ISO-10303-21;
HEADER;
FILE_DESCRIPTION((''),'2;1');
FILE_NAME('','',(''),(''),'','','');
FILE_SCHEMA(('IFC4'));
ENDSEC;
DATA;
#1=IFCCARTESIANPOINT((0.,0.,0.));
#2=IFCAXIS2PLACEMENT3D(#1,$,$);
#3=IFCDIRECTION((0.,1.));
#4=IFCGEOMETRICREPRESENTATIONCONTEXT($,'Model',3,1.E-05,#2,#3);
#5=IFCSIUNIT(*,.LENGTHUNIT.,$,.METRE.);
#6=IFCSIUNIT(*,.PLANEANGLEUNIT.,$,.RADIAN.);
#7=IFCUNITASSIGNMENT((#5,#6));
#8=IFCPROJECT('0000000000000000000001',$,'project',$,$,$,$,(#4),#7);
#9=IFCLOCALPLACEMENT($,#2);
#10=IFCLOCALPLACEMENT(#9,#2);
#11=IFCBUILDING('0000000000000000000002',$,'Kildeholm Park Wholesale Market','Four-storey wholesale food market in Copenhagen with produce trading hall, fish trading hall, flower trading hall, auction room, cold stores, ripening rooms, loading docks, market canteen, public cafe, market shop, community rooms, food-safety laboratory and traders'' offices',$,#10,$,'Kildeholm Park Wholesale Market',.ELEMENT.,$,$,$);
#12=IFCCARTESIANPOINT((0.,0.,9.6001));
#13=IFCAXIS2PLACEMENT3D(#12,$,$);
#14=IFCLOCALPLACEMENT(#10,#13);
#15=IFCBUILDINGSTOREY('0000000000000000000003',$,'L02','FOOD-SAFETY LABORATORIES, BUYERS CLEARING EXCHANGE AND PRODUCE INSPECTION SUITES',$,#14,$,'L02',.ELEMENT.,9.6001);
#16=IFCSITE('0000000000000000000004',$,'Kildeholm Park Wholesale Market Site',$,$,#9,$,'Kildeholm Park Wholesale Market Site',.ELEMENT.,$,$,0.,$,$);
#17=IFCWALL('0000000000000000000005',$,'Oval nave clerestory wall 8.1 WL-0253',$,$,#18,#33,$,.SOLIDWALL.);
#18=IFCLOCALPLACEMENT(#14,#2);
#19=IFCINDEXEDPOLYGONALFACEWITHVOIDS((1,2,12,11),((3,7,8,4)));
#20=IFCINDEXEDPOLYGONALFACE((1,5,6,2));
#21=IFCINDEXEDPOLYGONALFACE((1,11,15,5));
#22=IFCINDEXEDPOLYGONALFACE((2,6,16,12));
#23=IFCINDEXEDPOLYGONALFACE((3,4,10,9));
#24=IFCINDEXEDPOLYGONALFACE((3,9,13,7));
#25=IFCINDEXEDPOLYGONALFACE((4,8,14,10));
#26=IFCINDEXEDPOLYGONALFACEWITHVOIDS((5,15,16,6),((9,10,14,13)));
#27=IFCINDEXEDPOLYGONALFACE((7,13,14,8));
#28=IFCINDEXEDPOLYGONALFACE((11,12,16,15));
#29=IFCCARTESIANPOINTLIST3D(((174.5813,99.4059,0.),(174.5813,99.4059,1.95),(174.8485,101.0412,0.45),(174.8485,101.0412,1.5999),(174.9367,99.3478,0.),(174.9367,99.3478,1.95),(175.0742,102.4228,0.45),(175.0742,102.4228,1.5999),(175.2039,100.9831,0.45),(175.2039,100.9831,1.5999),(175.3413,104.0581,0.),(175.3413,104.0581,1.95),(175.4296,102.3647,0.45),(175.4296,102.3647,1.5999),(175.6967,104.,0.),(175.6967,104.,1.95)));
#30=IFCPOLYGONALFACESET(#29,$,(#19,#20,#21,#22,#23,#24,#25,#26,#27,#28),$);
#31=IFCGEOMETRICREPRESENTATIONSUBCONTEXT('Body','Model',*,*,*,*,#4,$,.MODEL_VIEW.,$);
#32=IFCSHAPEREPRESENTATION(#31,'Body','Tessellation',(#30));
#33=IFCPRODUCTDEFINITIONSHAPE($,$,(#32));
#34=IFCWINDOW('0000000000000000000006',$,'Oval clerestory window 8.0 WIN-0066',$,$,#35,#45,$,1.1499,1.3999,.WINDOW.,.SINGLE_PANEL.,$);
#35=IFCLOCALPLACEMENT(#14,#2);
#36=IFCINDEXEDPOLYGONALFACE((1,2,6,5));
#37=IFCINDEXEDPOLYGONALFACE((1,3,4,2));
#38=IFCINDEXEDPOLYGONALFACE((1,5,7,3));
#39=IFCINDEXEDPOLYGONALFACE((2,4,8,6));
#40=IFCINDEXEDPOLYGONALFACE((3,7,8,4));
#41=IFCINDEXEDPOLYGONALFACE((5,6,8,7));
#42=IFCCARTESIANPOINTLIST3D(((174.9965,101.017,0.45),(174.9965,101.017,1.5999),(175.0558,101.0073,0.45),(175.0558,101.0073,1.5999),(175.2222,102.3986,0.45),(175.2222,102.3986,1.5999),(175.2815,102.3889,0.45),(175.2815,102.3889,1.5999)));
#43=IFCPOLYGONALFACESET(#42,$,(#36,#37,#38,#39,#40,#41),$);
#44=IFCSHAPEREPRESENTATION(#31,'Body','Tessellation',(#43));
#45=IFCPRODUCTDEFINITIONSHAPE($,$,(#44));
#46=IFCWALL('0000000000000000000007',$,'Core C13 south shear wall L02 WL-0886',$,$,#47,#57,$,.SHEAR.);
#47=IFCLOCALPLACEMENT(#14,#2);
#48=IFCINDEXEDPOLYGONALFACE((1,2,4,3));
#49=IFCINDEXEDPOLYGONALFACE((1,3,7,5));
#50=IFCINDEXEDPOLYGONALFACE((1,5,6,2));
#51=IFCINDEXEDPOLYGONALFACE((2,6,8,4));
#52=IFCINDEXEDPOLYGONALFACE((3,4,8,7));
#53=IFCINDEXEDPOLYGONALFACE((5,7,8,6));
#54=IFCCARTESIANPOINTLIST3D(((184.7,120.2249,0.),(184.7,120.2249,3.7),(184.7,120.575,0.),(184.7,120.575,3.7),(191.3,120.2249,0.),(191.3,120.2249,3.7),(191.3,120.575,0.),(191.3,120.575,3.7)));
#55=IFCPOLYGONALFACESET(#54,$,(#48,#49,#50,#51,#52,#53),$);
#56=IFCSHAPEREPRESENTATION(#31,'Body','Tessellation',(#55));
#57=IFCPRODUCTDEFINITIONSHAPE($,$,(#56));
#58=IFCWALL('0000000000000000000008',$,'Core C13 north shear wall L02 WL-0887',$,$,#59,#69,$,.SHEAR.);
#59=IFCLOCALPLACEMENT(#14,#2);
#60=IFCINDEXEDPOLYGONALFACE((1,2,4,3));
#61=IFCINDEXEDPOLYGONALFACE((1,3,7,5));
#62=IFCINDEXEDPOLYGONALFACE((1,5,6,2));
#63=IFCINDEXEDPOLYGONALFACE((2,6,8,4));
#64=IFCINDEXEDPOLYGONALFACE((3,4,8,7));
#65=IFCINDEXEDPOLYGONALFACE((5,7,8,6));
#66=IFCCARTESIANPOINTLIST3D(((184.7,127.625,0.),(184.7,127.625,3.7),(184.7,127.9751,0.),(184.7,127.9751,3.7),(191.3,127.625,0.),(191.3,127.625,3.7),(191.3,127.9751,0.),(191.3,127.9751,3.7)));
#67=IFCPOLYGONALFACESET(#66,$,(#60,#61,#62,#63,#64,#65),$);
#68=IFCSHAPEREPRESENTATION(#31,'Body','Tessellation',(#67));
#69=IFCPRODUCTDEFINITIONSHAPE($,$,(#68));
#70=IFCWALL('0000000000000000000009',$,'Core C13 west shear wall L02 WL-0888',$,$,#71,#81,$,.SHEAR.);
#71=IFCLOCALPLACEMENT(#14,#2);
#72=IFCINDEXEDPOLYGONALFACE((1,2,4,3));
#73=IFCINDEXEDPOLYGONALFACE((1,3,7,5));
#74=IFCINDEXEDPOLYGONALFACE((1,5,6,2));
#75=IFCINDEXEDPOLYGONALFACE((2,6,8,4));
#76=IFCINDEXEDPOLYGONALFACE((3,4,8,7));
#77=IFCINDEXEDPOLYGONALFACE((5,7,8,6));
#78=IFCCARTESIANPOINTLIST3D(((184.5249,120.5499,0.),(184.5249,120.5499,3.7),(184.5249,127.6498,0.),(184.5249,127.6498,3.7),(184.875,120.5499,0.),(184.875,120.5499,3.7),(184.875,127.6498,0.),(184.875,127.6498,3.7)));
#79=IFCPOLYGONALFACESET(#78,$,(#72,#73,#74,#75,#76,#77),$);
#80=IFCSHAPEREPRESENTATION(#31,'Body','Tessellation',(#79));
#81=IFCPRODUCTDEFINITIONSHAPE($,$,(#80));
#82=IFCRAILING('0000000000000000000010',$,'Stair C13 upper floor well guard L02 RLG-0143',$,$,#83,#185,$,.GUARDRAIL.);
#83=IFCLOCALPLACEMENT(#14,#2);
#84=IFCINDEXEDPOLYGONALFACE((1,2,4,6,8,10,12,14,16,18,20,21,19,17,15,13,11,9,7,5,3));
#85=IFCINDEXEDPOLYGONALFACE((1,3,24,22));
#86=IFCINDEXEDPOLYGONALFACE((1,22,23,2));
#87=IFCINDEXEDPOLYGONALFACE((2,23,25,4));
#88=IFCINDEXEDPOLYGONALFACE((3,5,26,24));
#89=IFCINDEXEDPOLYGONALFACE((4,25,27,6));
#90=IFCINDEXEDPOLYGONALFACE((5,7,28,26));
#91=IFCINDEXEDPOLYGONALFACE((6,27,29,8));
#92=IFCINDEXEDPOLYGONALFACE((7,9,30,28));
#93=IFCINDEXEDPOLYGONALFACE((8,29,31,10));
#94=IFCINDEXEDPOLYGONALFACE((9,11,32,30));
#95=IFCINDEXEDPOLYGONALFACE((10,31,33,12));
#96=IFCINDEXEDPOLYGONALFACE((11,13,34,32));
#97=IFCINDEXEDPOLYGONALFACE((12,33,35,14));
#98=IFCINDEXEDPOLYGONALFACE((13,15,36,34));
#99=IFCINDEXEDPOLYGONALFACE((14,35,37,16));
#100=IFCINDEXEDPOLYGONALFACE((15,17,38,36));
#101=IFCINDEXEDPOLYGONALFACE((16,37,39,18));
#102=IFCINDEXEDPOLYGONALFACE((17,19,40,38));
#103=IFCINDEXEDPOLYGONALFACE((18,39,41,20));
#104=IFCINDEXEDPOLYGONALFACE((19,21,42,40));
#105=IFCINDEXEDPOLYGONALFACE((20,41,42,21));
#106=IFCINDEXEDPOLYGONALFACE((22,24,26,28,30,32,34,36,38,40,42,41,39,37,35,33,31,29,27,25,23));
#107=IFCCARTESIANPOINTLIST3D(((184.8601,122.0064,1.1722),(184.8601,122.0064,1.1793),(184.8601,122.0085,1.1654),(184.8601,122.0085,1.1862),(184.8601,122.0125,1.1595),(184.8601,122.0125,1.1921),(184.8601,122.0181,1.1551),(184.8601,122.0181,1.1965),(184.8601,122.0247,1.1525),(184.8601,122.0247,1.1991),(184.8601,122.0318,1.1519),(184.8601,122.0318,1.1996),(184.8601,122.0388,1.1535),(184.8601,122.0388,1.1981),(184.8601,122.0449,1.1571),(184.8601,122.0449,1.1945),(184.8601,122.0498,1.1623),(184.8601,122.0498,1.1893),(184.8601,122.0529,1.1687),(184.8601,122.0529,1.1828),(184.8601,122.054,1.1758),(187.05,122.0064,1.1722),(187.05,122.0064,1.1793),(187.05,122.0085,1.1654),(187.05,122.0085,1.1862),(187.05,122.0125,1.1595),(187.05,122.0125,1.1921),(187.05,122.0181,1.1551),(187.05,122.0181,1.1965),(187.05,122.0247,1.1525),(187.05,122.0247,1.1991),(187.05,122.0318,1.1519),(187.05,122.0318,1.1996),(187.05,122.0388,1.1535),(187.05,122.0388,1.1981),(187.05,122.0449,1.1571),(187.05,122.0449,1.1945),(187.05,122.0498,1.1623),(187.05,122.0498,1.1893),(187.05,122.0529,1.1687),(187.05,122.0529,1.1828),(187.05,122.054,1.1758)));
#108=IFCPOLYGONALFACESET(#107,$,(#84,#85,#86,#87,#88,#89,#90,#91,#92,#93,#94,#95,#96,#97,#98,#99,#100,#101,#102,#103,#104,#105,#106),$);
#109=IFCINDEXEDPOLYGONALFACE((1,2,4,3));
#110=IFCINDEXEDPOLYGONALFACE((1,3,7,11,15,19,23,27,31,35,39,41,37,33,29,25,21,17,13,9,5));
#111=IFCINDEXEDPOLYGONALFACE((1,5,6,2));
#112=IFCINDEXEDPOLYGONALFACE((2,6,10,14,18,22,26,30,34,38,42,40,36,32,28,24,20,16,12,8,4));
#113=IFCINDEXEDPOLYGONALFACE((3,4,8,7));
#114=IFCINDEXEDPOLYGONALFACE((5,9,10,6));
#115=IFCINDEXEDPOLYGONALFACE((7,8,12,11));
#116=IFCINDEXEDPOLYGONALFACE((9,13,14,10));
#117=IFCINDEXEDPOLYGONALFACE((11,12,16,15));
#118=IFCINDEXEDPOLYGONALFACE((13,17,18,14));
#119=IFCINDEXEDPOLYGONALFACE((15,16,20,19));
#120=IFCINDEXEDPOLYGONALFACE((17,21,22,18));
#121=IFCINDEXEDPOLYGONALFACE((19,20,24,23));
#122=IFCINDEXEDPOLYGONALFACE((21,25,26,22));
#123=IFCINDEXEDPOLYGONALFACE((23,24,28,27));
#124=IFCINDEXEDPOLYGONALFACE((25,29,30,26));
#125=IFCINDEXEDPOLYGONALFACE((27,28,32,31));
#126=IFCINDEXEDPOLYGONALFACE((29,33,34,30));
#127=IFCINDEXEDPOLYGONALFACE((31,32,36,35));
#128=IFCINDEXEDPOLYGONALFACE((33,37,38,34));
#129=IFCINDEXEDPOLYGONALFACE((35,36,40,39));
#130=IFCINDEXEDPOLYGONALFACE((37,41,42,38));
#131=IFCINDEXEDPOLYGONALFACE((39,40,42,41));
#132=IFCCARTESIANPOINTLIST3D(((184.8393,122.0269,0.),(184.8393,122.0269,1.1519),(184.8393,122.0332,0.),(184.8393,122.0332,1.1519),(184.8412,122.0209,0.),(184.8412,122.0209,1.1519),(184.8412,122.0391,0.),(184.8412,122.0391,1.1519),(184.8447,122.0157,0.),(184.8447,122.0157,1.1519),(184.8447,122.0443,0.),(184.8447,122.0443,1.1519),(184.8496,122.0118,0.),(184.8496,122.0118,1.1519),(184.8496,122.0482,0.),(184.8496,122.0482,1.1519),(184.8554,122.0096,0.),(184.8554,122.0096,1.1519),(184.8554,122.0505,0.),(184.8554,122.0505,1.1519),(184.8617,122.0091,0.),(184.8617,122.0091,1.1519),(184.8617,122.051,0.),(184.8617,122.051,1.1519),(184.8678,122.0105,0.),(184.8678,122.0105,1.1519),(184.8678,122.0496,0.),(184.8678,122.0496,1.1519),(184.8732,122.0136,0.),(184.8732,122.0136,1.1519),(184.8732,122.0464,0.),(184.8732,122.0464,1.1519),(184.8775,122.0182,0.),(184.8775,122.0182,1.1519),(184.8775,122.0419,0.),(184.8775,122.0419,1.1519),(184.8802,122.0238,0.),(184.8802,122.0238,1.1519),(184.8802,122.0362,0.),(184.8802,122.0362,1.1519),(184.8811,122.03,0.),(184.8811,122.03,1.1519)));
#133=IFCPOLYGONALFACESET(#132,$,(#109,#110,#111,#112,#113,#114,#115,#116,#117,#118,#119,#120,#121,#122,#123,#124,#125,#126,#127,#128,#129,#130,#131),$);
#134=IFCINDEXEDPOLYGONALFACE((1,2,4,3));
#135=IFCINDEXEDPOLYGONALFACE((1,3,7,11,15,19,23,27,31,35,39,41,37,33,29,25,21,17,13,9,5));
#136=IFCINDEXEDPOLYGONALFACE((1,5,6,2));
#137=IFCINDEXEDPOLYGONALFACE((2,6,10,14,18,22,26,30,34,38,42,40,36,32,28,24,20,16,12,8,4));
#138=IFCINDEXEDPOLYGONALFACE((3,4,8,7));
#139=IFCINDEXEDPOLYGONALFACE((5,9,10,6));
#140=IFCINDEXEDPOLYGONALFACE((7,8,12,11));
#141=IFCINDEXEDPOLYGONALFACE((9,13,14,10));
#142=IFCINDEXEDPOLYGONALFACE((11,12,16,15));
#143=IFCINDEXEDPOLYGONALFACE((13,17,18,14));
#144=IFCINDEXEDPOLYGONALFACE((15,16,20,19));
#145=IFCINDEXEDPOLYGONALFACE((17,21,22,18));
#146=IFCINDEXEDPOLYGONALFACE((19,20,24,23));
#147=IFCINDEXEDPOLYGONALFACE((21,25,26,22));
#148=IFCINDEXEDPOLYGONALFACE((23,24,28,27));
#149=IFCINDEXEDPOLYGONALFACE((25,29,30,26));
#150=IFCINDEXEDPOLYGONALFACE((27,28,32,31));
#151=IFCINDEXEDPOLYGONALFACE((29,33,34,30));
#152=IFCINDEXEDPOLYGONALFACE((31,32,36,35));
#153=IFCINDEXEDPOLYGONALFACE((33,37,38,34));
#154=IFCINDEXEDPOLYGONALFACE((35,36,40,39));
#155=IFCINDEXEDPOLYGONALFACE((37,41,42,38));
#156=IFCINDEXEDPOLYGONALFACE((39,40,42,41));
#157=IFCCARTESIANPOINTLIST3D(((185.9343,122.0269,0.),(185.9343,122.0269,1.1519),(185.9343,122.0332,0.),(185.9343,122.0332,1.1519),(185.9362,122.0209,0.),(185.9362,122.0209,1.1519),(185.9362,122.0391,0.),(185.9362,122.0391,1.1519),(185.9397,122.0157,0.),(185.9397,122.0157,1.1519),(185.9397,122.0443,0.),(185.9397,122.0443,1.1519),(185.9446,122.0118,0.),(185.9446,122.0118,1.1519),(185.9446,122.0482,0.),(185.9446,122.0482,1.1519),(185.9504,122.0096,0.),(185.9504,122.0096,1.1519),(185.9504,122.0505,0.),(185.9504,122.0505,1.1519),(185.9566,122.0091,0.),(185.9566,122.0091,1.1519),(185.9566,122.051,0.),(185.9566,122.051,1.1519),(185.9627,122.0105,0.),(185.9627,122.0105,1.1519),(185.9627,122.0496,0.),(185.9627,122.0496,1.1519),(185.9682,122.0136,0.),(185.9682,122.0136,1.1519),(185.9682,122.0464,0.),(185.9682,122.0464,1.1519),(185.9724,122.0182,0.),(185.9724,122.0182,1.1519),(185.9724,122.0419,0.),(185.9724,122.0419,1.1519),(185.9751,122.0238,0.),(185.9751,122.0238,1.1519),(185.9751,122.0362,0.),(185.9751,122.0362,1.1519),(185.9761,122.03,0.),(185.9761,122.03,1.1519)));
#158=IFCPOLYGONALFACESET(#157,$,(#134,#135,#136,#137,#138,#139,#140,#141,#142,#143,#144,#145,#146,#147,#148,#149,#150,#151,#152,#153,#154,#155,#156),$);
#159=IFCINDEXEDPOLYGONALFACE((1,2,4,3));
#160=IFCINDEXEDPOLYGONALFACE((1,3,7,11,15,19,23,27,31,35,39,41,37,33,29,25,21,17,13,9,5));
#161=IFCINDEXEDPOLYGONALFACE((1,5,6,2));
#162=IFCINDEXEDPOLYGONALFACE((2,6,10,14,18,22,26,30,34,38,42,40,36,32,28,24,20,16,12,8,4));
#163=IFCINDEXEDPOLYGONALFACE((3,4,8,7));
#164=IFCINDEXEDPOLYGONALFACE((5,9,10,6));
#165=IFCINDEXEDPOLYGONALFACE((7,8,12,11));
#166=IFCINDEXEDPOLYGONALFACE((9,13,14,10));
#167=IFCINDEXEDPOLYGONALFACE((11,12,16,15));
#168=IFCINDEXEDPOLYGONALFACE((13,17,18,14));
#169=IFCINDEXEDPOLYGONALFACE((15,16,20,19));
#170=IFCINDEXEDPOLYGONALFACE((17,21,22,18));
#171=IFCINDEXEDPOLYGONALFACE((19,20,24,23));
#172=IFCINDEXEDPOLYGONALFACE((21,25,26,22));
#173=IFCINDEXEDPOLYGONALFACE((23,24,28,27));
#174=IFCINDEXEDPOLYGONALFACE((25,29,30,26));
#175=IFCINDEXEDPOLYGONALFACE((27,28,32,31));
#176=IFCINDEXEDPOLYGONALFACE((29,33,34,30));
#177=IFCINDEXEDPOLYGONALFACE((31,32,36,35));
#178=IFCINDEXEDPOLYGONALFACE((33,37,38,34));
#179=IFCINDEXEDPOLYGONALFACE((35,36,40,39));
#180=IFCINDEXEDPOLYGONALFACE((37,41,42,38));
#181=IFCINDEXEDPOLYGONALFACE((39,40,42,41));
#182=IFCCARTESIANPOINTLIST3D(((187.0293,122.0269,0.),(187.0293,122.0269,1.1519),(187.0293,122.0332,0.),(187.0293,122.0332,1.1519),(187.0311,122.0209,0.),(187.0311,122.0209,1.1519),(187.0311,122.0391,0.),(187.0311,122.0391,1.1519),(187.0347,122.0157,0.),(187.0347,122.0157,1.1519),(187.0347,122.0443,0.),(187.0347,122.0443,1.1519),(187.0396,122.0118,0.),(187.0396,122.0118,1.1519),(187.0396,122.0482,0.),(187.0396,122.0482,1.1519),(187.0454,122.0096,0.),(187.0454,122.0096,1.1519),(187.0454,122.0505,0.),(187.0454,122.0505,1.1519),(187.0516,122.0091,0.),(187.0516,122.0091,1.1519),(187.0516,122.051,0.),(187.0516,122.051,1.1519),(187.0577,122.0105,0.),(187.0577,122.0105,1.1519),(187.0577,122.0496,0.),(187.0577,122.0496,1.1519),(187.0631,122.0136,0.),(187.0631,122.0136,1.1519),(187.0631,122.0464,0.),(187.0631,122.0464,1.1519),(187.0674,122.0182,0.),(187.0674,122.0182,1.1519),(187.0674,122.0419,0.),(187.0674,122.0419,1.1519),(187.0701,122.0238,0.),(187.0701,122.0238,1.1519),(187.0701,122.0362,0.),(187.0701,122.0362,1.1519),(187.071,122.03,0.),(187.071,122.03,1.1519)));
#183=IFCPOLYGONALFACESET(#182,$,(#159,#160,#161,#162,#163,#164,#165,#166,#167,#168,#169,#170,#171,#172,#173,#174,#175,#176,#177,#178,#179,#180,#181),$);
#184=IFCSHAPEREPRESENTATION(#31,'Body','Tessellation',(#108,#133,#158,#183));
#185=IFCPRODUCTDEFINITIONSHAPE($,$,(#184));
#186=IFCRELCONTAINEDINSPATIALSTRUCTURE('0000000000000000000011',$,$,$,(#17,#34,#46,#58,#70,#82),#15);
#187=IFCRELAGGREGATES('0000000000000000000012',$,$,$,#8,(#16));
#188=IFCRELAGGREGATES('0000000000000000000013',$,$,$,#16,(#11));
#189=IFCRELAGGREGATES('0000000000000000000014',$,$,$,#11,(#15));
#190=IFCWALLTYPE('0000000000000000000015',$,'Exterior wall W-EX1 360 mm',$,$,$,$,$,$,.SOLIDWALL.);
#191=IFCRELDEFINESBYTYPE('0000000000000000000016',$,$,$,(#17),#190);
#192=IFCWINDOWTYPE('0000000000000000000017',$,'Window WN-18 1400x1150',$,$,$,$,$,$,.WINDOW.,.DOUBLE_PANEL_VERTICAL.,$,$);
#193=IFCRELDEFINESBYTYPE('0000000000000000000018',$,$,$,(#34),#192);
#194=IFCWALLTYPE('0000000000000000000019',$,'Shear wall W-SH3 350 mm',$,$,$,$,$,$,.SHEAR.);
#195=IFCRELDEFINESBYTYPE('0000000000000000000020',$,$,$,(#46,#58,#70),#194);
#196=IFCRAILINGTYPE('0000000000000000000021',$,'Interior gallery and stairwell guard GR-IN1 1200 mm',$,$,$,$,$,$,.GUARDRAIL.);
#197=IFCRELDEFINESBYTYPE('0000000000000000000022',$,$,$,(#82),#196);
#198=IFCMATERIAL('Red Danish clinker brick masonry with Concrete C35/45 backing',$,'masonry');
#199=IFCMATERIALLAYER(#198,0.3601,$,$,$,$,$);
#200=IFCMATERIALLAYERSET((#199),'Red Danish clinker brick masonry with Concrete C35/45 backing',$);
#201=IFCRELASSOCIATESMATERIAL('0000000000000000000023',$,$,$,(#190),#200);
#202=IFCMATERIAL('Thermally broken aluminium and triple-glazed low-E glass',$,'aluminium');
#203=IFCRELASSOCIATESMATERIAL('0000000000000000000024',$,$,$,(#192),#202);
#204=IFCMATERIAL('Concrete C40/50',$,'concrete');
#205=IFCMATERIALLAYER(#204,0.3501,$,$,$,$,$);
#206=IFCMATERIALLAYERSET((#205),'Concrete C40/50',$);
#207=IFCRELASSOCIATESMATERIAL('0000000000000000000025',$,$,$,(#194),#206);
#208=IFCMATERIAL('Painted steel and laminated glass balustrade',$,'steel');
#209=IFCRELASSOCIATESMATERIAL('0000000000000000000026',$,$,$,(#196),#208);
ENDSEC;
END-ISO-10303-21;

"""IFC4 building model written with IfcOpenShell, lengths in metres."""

from ifc_helpers import new_model, si_unit, direction, frame, frame_2d, origin, origin_2d, place, context, subcontext, project, spatial, rectangle, circle, extrude, material, layer, layer_set, type_object, element, fill, save


model = new_model("IFC4")

# Units and contexts
model_context = context("Model", 3, precision=1e-05, world=origin(), true_north=direction((0.0, 1.0)))
body_context = subcontext(model_context, "Body", "Model", "MODEL_VIEW")
ifc_project = project(units=[si_unit("LENGTHUNIT", "METRE"), si_unit("PLANEANGLEUNIT", "RADIAN")], contexts=[model_context])

# Site, building, storey
site_placement = place(None, origin())
site = spatial("IfcSite", under=ifc_project, at=site_placement, Name="Kildeholm Park Wholesale Market Site", LongName="Kildeholm Park Wholesale Market Site", CompositionType="ELEMENT", RefElevation=0.0)
building_placement = place(site_placement, origin())
building = spatial("IfcBuilding", under=site, at=building_placement, Name="Kildeholm Park Wholesale Market", Description="Four-storey wholesale food market in Copenhagen with produce trading hall, fish trading hall, flower trading hall, auction room, cold stores, ripening rooms, loading docks, market canteen, public cafe, market shop, community rooms, food-safety laboratory and traders' offices", LongName="Kildeholm Park Wholesale Market", CompositionType="ELEMENT")
storey_placement = place(building_placement, frame((0.0, 0.0, 9.6001)))
storey = spatial("IfcBuildingStorey", under=building, at=storey_placement, Name="L02", Description="FOOD-SAFETY LABORATORIES, BUYERS CLEARING EXCHANGE AND PRODUCE INSPECTION SUITES", LongName="L02", CompositionType="ELEMENT", Elevation=9.6001)

# Shared definitions
ifc_material_1 = material(Name="Red Danish clinker brick masonry with Concrete C35/45 backing", Category="masonry")
ifc_layer_1 = layer(ifc_material_1, 0.3601)
ifc_layer_set_1 = layer_set([ifc_layer_1], Name="Red Danish clinker brick masonry with Concrete C35/45 backing")
wall_type_1 = type_object("IfcWallType", Name="Exterior wall W-EX1 360 mm", PredefinedType="SOLIDWALL", material=ifc_layer_set_1)

# Wall, opening, window
ifc_material_2 = material(Name="Thermally broken aluminium and triple-glazed low-E glass", Category="aluminium")
window_type = type_object("IfcWindowType", Name="Window WN-18 1400x1150", PartitioningType="DOUBLE_PANEL_VERTICAL", PredefinedType="WINDOW", material=ifc_material_2)
wall_1_placement = place(storey_placement, frame((175.519, 104.0291, 0.0), z_axis=(0.0, 0.0, 1.0), x_axis=(-0.161232, -0.986917, 0.0)))
wall_1 = element("IfcWall", 1, at=wall_1_placement, inside=storey, type_object=wall_type_1, Name="Oval nave clerestory wall 8.1 WL-0253", PredefinedType="SOLIDWALL", context=body_context, shape_type="SweptSolid", body=[
    extrude(rectangle(XDim=4.7139, YDim=0.3601, at=frame_2d((2.3569, 0.0))), origin(), (0.0, 0.0, 1.0), 1.95),
])
opening_1_placement = place(wall_1_placement, frame((1.657, 0.0, 0.45)))
opening_1 = element("IfcOpeningElement", 2, at=opening_1_placement, cuts=wall_1, PredefinedType="OPENING", context=body_context, shape_type="SweptSolid", body=[
    extrude(rectangle(XDim=1.3999, YDim=1.1499, at=frame_2d((0.7, 0.575))), frame((0.0, 0.1899, 0.0), z_axis=(0.0, -1.0, 0.0), x_axis=(1.0, 0.0, 0.0)), (0.0, 0.0, 1.0), 0.3801),
])
window_1_placement = place(opening_1_placement, origin())
window_1 = element("IfcWindow", 3, at=window_1_placement, inside=storey, type_object=window_type, Name="Oval clerestory window 8.0 WIN-0066", OverallHeight=1.1499, OverallWidth=1.3999, PartitioningType="SINGLE_PANEL", PredefinedType="WINDOW", context=body_context, shape_type="SweptSolid", body=[
    extrude(rectangle(XDim=1.3999, YDim=1.1499, at=frame_2d((0.7, 0.575))), frame((0.0, 0.03, 0.0), z_axis=(0.0, -1.0, 0.0), x_axis=(1.0, 0.0, 0.0)), (0.0, 0.0, 1.0), 0.0601),
])
fill(opening_1, window_1)

# Walls
ifc_material_3 = material(Name="Concrete C40/50", Category="concrete")
ifc_layer_2 = layer(ifc_material_3, 0.3501)
ifc_layer_set_2 = layer_set([ifc_layer_2], Name="Concrete C40/50")
wall_type_2 = type_object("IfcWallType", Name="Shear wall W-SH3 350 mm", PredefinedType="SHEAR", material=ifc_layer_set_2)
for number, where, z_axis, x_axis, name in (
    (4, (184.7, 120.3999, 0.0), (0.0, 0.0, 1.0), (1.0, 0.0, 0.0), "Core C13 south shear wall L02 WL-0886"),
    (5, (184.7, 127.8, 0.0), (0.0, 0.0, 1.0), (1.0, 0.0, 0.0), "Core C13 north shear wall L02 WL-0887"),
):
    element("IfcWall", number, at=place(storey_placement, frame(where, z_axis=z_axis, x_axis=x_axis)), inside=storey, type_object=wall_type_2, Name=name, PredefinedType="SHEAR", context=body_context, shape_type="SweptSolid", body=[
        extrude(rectangle(XDim=6.6001, YDim=0.3501, at=frame_2d((3.3, 0.0))), origin(), (0.0, 0.0, 1.0), 3.7),
    ])
wall_2_placement = place(storey_placement, frame((184.7, 120.55, 0.0), z_axis=(0.0, 0.0, 1.0), x_axis=(0.0, 1.0, 0.0)))
element("IfcWall", 6, at=wall_2_placement, inside=storey, type_object=wall_type_2, Name="Core C13 west shear wall L02 WL-0888", PredefinedType="SHEAR", context=body_context, shape_type="SweptSolid", body=[
    extrude(rectangle(XDim=7.0999, YDim=0.3501, at=frame_2d((3.5498, 0.0))), origin(), (0.0, 0.0, 1.0), 3.7),
])

# Railing
ifc_material_4 = material(Name="Painted steel and laminated glass balustrade", Category="steel")
railing_type = type_object("IfcRailingType", Name="Interior gallery and stairwell guard GR-IN1 1200 mm", PredefinedType="GUARDRAIL", material=ifc_material_4)
railing_placement = place(storey_placement, frame((184.8601, 122.03, 0.0)))
element("IfcRailing", 7, at=railing_placement, inside=storey, type_object=railing_type, Name="Stair C13 upper floor well guard L02 RLG-0143", PredefinedType="GUARDRAIL", context=body_context, shape_type="SweptSolid", body=[
    extrude(circle(Radius=0.0239, at=origin_2d()), frame((0.0, 0.0, 1.1758), z_axis=(1.0, 0.0, 0.0), x_axis=(0.0, 1.0, 0.0)), (0.0, 0.0, 1.0), 2.1899),
    extrude(circle(Radius=0.021, at=origin_2d()), origin(), (0.0, 0.0, 1.0), 1.1519),
    extrude(circle(Radius=0.021, at=origin_2d()), frame((1.095, 0.0, 0.0)), (0.0, 0.0, 1.0), 1.1519),
    extrude(circle(Radius=0.021, at=origin_2d()), frame((2.1899, 0.0, 0.0)), (0.0, 0.0, 1.0), 1.1519),
])

save(model, "model.ifc")
